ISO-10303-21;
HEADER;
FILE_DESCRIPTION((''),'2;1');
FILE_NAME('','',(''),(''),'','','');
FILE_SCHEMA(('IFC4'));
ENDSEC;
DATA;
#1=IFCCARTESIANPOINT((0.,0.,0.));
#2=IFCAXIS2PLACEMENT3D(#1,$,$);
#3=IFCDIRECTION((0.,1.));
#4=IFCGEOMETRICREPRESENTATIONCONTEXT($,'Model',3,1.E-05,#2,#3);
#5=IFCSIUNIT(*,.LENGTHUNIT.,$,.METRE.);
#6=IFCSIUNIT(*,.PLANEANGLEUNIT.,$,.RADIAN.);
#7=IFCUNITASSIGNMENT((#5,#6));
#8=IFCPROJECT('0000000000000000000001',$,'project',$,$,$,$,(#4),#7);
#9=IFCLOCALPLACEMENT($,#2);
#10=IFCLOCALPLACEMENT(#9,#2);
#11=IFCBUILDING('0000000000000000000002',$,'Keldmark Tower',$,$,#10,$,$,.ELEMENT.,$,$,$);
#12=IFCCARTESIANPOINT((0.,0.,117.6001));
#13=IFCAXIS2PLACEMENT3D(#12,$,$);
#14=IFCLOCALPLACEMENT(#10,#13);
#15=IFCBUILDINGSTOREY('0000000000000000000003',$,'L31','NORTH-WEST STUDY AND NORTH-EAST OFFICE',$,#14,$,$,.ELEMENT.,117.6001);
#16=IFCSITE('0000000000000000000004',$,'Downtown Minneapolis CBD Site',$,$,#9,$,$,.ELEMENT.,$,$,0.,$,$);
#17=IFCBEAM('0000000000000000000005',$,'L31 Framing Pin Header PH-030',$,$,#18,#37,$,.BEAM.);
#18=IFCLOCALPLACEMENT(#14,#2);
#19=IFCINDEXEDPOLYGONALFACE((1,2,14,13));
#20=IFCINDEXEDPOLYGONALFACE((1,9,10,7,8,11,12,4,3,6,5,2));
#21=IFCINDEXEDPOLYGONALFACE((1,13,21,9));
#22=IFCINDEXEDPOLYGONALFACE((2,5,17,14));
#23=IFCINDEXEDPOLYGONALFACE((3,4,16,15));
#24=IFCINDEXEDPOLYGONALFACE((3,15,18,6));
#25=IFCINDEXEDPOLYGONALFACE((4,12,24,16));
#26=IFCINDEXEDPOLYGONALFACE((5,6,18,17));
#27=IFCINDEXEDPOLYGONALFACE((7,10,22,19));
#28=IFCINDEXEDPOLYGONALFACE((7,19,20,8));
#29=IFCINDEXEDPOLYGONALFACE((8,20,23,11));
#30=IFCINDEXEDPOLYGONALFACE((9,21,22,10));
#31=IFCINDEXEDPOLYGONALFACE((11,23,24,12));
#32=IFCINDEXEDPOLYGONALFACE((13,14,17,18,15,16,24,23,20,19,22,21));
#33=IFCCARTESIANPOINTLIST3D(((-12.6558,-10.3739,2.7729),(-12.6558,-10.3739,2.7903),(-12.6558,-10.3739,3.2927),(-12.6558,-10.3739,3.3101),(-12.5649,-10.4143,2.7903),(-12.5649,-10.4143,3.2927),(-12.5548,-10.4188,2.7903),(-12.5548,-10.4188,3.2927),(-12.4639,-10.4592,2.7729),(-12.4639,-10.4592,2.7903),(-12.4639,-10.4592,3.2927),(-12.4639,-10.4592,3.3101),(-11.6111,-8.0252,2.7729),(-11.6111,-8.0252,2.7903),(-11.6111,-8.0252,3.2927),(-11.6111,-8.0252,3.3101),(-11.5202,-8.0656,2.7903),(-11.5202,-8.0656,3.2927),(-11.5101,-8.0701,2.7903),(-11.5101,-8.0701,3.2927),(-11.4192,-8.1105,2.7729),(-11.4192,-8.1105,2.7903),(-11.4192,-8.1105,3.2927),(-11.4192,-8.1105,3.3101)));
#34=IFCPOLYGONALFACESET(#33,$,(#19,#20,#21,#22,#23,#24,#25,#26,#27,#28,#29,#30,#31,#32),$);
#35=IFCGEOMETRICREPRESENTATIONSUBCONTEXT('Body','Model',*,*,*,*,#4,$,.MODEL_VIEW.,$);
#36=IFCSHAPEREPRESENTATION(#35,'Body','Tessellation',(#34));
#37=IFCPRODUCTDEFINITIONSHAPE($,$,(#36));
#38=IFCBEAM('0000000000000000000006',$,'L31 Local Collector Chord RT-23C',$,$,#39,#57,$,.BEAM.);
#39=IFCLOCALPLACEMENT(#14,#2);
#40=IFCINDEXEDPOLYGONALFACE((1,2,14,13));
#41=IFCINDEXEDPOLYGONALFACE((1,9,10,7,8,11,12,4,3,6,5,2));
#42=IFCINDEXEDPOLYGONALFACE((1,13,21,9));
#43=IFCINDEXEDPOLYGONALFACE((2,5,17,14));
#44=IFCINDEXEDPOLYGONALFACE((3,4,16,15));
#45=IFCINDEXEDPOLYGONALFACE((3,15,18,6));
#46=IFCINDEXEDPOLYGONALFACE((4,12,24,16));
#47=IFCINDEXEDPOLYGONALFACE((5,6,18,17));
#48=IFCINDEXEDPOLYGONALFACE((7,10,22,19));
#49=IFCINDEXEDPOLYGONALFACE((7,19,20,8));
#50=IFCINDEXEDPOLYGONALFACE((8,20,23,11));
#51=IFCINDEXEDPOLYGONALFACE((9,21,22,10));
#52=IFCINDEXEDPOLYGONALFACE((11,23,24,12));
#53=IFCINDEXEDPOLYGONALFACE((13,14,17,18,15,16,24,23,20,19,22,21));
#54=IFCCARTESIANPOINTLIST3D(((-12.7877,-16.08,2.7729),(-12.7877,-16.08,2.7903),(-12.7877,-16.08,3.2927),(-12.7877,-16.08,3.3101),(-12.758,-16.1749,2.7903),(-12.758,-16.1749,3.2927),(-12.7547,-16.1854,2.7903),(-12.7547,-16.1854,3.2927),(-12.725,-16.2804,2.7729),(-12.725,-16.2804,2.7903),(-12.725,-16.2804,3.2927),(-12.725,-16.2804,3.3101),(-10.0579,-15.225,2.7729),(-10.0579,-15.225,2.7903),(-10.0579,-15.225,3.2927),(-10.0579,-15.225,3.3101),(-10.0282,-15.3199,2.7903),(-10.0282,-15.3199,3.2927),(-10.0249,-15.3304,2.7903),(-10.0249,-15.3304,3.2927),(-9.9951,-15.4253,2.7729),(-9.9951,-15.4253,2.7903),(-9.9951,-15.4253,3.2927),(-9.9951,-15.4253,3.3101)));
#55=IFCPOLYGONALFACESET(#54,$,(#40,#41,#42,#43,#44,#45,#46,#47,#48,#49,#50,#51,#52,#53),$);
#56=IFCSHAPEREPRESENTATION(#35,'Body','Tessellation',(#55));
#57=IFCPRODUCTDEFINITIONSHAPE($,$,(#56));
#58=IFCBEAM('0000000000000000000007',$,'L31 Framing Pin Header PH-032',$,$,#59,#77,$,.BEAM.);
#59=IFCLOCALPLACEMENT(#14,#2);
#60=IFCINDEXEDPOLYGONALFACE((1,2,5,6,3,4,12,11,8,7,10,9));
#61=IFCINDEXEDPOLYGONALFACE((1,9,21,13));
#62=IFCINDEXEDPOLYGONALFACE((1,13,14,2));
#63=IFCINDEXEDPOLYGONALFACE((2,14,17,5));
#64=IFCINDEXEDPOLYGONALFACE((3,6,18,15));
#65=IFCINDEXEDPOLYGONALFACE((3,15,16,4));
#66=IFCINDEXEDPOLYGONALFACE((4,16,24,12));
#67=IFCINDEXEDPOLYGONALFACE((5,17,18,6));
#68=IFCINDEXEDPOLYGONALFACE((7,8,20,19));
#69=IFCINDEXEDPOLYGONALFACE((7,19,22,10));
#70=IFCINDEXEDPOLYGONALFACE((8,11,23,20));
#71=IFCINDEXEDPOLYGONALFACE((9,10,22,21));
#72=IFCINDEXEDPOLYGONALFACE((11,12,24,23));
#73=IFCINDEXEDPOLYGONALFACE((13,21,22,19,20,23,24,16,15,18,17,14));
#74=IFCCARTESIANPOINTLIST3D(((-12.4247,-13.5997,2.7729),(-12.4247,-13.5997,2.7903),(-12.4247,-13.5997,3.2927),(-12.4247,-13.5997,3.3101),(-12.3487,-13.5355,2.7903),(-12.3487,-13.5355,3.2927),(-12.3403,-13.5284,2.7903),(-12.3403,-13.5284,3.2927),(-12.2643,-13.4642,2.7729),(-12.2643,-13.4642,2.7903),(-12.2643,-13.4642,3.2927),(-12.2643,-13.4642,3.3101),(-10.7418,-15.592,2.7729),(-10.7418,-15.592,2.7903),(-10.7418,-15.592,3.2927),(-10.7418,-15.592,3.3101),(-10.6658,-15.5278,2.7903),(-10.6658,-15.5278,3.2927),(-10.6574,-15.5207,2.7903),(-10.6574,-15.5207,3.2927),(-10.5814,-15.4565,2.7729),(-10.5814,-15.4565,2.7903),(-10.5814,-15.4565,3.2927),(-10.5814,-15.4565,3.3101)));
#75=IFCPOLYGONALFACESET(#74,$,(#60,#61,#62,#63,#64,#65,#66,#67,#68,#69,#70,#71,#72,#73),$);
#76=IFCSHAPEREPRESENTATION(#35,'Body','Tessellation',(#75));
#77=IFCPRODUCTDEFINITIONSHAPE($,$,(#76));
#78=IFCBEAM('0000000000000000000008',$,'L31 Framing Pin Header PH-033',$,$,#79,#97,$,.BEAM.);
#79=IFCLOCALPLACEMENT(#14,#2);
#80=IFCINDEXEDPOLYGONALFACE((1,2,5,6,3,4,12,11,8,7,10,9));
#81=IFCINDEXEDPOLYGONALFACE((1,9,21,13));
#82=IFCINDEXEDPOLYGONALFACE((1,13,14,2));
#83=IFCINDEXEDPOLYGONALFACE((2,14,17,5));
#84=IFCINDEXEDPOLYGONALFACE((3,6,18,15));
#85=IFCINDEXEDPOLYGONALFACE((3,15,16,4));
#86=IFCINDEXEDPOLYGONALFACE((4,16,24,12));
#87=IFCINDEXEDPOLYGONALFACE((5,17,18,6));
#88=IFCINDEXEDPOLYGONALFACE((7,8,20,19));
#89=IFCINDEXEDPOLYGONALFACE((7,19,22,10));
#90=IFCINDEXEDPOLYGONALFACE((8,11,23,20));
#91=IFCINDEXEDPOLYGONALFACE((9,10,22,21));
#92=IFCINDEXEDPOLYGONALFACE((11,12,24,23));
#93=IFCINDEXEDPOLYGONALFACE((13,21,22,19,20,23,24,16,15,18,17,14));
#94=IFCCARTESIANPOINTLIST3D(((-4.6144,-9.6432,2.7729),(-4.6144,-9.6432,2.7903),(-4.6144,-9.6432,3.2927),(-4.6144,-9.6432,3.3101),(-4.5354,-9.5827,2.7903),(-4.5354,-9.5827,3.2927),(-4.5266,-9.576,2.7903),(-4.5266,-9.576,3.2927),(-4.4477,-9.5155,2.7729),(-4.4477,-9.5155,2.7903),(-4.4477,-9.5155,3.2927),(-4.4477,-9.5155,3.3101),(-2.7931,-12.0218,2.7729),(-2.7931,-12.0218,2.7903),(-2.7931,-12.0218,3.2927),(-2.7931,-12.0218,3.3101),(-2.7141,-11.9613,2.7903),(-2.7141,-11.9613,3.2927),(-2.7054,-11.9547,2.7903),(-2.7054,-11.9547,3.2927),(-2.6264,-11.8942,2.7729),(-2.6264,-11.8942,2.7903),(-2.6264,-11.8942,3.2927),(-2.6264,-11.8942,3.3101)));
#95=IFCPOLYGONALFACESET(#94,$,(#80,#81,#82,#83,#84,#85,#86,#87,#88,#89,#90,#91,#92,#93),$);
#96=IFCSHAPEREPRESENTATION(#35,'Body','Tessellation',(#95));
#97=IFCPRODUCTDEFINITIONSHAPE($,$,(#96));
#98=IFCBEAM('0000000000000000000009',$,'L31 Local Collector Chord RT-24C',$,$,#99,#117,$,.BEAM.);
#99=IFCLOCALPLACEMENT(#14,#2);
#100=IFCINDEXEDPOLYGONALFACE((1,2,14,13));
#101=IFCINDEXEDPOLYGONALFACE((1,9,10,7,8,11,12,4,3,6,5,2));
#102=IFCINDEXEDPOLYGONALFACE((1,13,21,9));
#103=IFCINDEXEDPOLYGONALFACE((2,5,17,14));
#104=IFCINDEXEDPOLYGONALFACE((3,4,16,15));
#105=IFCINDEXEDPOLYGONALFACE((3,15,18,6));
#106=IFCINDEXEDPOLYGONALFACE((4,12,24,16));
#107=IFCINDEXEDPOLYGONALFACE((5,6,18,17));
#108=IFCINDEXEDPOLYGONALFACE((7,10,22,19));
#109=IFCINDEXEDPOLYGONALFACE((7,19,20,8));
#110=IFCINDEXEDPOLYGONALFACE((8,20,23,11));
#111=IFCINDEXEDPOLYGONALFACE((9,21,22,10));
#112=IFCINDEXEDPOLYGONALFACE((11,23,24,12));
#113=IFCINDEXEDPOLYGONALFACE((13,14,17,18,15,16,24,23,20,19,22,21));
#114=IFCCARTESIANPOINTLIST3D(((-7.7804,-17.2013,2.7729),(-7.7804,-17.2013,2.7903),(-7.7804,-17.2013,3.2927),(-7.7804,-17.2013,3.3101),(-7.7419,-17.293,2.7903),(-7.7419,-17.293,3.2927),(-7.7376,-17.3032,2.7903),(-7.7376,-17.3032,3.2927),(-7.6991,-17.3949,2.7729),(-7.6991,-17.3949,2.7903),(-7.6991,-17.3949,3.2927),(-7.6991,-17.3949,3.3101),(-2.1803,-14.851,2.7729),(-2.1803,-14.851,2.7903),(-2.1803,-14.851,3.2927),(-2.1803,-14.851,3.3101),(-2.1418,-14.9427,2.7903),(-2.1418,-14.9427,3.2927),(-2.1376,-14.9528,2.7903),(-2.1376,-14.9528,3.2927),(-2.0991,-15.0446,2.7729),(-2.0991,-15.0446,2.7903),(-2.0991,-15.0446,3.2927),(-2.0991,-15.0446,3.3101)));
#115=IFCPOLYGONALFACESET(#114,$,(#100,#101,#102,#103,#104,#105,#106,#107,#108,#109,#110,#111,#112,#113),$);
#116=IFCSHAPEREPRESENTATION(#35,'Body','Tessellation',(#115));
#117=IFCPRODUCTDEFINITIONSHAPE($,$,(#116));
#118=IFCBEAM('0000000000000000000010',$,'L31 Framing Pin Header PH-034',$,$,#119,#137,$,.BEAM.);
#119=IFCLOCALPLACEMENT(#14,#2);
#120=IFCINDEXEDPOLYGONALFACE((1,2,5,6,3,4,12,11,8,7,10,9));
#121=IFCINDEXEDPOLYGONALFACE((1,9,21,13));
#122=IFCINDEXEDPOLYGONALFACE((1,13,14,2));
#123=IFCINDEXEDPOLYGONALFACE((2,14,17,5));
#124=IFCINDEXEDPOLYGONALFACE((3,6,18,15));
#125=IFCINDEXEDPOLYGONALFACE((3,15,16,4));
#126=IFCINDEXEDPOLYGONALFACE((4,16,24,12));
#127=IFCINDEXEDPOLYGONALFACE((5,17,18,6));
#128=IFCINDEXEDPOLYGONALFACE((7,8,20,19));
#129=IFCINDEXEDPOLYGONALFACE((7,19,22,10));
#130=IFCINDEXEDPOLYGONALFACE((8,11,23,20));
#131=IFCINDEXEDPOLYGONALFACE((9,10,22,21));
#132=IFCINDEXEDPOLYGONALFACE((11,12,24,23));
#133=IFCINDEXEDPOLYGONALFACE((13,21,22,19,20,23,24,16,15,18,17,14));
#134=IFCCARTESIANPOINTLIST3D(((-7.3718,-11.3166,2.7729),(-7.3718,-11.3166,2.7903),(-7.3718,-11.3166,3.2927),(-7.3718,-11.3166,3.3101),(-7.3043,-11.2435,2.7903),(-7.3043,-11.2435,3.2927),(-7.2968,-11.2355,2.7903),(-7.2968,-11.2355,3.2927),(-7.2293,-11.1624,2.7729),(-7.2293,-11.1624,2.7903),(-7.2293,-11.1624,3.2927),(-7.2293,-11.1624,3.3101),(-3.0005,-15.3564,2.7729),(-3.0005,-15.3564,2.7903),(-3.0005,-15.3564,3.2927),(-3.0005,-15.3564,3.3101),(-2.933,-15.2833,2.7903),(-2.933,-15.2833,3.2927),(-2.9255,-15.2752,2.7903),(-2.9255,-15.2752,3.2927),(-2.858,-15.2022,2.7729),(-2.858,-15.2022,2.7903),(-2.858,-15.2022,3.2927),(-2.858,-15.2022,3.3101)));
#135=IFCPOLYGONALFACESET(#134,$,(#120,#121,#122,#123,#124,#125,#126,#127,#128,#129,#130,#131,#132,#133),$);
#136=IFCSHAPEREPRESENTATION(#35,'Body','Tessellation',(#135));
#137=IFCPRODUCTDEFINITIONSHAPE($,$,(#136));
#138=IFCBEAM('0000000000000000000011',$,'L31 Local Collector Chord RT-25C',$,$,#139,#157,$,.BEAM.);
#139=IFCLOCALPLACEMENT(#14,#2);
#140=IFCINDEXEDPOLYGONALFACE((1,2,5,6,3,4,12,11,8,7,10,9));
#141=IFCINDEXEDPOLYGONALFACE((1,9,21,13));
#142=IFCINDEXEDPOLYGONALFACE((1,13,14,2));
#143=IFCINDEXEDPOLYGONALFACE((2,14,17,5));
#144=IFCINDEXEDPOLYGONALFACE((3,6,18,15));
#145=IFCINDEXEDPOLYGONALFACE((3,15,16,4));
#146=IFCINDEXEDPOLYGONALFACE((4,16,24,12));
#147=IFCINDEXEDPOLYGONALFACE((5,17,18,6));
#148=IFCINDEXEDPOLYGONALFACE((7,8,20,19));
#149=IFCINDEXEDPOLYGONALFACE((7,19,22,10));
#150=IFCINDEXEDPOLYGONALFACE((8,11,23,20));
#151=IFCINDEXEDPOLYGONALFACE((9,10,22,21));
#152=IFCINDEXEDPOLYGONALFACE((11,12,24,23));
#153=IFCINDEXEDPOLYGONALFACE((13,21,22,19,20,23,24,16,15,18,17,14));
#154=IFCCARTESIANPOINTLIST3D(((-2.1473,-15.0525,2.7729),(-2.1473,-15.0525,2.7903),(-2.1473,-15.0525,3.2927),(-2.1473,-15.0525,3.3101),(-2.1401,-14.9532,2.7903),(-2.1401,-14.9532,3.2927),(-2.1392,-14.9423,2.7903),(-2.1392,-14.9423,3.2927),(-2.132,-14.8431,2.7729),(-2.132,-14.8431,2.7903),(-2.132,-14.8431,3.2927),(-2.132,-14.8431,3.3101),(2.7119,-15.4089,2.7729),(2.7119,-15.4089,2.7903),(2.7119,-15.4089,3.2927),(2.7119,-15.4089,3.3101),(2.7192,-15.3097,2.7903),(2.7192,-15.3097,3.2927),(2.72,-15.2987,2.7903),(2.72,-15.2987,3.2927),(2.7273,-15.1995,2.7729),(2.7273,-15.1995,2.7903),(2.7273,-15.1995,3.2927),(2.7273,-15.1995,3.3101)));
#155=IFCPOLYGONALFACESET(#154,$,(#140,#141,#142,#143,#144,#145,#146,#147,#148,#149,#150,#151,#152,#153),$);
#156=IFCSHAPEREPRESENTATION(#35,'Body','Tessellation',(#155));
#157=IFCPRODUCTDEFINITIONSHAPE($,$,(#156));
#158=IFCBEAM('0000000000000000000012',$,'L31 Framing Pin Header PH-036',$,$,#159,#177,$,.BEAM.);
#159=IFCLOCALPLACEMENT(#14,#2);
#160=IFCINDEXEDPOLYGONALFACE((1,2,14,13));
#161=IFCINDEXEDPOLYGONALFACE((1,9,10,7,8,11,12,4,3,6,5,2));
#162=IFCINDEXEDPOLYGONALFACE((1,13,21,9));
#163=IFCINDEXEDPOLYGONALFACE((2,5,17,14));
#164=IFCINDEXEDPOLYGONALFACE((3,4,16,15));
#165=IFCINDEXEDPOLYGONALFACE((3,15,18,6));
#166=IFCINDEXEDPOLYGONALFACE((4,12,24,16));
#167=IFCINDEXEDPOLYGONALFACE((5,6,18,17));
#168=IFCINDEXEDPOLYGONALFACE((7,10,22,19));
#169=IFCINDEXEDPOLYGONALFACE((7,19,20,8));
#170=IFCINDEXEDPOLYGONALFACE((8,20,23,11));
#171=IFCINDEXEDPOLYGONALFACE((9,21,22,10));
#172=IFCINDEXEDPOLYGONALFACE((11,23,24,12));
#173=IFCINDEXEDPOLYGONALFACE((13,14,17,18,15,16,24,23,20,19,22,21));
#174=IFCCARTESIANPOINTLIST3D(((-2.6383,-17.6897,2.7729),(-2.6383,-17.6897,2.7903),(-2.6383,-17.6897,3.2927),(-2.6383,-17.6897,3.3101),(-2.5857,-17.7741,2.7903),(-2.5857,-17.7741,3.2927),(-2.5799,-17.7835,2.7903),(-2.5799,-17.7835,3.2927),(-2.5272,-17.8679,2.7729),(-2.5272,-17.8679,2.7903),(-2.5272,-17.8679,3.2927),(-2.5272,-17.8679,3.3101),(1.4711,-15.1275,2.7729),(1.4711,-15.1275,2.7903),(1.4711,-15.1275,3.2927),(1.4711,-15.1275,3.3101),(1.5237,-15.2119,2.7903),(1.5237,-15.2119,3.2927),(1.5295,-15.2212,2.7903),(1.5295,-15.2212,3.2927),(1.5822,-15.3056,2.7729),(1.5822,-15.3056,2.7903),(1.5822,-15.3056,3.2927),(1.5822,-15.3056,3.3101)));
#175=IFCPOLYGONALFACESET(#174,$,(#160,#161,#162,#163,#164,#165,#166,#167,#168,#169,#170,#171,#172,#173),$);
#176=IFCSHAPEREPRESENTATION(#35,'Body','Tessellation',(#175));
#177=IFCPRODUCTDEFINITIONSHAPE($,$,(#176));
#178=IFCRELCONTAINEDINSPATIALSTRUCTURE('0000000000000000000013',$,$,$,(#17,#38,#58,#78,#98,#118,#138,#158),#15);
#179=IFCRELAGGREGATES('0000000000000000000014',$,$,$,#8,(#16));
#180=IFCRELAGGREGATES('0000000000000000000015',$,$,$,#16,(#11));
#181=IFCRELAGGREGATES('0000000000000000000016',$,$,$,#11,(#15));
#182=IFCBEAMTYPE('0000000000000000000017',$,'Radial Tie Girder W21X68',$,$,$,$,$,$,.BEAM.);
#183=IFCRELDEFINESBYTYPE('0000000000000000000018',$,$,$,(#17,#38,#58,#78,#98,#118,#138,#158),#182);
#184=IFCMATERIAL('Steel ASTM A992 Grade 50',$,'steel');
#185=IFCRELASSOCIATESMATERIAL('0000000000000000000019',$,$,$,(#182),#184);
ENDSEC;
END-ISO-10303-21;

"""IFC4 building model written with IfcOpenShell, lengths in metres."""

from ifc_helpers import new_model, si_unit, direction, frame, origin, origin_2d, place, context, subcontext, project, spatial, i_section, extrude, material, material_profile, profile_set, type_object, element, save


model = new_model("IFC4")

# Units and contexts
model_context = context("Model", 3, precision=1e-05, world=origin(), true_north=direction((0.0, 1.0)))
body_context = subcontext(model_context, "Body", "Model", "MODEL_VIEW")
ifc_project = project(units=[si_unit("LENGTHUNIT", "METRE"), si_unit("PLANEANGLEUNIT", "RADIAN")], contexts=[model_context])

# Site, building, storey
site_placement = place(None, origin())
site = spatial("IfcSite", under=ifc_project, at=site_placement, Name="Downtown Minneapolis CBD Site", CompositionType="ELEMENT", RefElevation=0.0)
building_placement = place(site_placement, origin())
building = spatial("IfcBuilding", under=site, at=building_placement, Name="Keldmark Tower", CompositionType="ELEMENT")
storey_placement = place(building_placement, frame((0.0, 0.0, 117.6001)))
storey = spatial("IfcBuildingStorey", under=building, at=storey_placement, Name="L31", Description="NORTH-WEST STUDY AND NORTH-EAST OFFICE", CompositionType="ELEMENT", Elevation=117.6001)

# Beams
ifc_material_1 = material(Name="Steel ASTM A992 Grade 50", Category="steel")
ifc_material_profile_1 = material_profile(ifc_material_1, i_section(OverallWidth=0.21, OverallDepth=0.5371, WebThickness=0.011, FlangeThickness=0.0173, at=origin_2d()), Name="W21X68")
ifc_profile_set_1 = profile_set([ifc_material_profile_1], Name="Steel ASTM A992 Grade 50")
beam_type_1 = type_object("IfcBeamType", Name="Radial Tie Girder W21X68", PredefinedType="BEAM", material=ifc_profile_set_1)
beam_1_placement = place(storey_placement, frame((-11.5151, -8.0679, 3.0415), z_axis=(-0.406412, -0.91369, 0.0), x_axis=(0.91369, -0.406412, 0.0)))
element("IfcBeam", 1, at=beam_1_placement, inside=storey, type_object=beam_type_1, Name="L31 Framing Pin Header PH-030", PredefinedType="BEAM", context=body_context, shape_type="SweptSolid", body=[
    extrude(i_section(OverallWidth=0.21, OverallDepth=0.5371, WebThickness=0.011, FlangeThickness=0.0173, at=origin_2d()), origin(), (0.0, 0.0, 1.0), 2.5706),
])
beam_2_placement = place(storey_placement, frame((-12.7563, -16.1802, 3.0415), z_axis=(0.954287, 0.298892, 0.0), x_axis=(-0.298892, 0.954287, 0.0)))
element("IfcBeam", 2, at=beam_2_placement, inside=storey, type_object=beam_type_1, Name="L31 Local Collector Chord RT-23C", PredefinedType="BEAM", context=body_context, shape_type="SweptSolid", body=[
    extrude(i_section(OverallWidth=0.21, OverallDepth=0.5371, WebThickness=0.011, FlangeThickness=0.0173, at=origin_2d()), origin(), (0.0, 0.0, 1.0), 2.8606),
])
beam_3_placement = place(storey_placement, frame((-12.3445, -13.532, 3.0415), z_axis=(0.645308, -0.763922, 0.0), x_axis=(0.763922, 0.645308, 0.0)))
element("IfcBeam", 3, at=beam_3_placement, inside=storey, type_object=beam_type_1, Name="L31 Framing Pin Header PH-032", PredefinedType="BEAM", context=body_context, shape_type="SweptSolid", body=[
    extrude(i_section(OverallWidth=0.21, OverallDepth=0.5371, WebThickness=0.011, FlangeThickness=0.0173, at=origin_2d()), origin(), (0.0, 0.0, 1.0), 2.6079),
])
beam_4_placement = place(storey_placement, frame((-4.531, -9.5793, 3.0415), z_axis=(0.607937, -0.793985, 0.0), x_axis=(0.793985, 0.607937, 0.0)))
element("IfcBeam", 4, at=beam_4_placement, inside=storey, type_object=beam_type_1, Name="L31 Framing Pin Header PH-033", PredefinedType="BEAM", context=body_context, shape_type="SweptSolid", body=[
    extrude(i_section(OverallWidth=0.21, OverallDepth=0.5371, WebThickness=0.011, FlangeThickness=0.0173, at=origin_2d()), origin(), (0.0, 0.0, 1.0), 2.9958),
])
beam_5_placement = place(storey_placement, frame((-7.7397, -17.2981, 3.0415), z_axis=(0.922082, 0.386995, 0.0), x_axis=(-0.386995, 0.922082, 0.0)))
element("IfcBeam", 5, at=beam_5_placement, inside=storey, type_object=beam_type_1, Name="L31 Local Collector Chord RT-24C", PredefinedType="BEAM", context=body_context, shape_type="SweptSolid", body=[
    extrude(i_section(OverallWidth=0.21, OverallDepth=0.5371, WebThickness=0.011, FlangeThickness=0.0173, at=origin_2d()), origin(), (0.0, 0.0, 1.0), 6.0732),
])
beam_6_placement = place(storey_placement, frame((-7.3005, -11.2395, 3.0415), z_axis=(0.734409, -0.678708, 0.0), x_axis=(0.678708, 0.734409, 0.0)))
element("IfcBeam", 6, at=beam_6_placement, inside=storey, type_object=beam_type_1, Name="L31 Framing Pin Header PH-034", PredefinedType="BEAM", context=body_context, shape_type="SweptSolid", body=[
    extrude(i_section(OverallWidth=0.21, OverallDepth=0.5371, WebThickness=0.011, FlangeThickness=0.0173, at=origin_2d()), origin(), (0.0, 0.0, 1.0), 5.9521),
])
beam_7_placement = place(storey_placement, frame((-2.1396, -14.9478, 3.0415), z_axis=(0.997321, -0.073156, 0.0), x_axis=(0.073156, 0.997321, 0.0)))
element("IfcBeam", 7, at=beam_7_placement, inside=storey, type_object=beam_type_1, Name="L31 Local Collector Chord RT-25C", PredefinedType="BEAM", context=body_context, shape_type="SweptSolid", body=[
    extrude(i_section(OverallWidth=0.21, OverallDepth=0.5371, WebThickness=0.011, FlangeThickness=0.0173, at=origin_2d()), origin(), (0.0, 0.0, 1.0), 4.8723),
])
beam_8_placement = place(storey_placement, frame((-2.5828, -17.7788, 3.0415), z_axis=(0.848564, 0.529092, 0.0), x_axis=(-0.529092, 0.848564, 0.0)))
element("IfcBeam", 8, at=beam_8_placement, inside=storey, type_object=beam_type_1, Name="L31 Framing Pin Header PH-036", PredefinedType="BEAM", context=body_context, shape_type="SweptSolid", body=[
    extrude(i_section(OverallWidth=0.21, OverallDepth=0.5371, WebThickness=0.011, FlangeThickness=0.0173, at=origin_2d()), origin(), (0.0, 0.0, 1.0), 4.8428),
])

save(model, "model.ifc")
